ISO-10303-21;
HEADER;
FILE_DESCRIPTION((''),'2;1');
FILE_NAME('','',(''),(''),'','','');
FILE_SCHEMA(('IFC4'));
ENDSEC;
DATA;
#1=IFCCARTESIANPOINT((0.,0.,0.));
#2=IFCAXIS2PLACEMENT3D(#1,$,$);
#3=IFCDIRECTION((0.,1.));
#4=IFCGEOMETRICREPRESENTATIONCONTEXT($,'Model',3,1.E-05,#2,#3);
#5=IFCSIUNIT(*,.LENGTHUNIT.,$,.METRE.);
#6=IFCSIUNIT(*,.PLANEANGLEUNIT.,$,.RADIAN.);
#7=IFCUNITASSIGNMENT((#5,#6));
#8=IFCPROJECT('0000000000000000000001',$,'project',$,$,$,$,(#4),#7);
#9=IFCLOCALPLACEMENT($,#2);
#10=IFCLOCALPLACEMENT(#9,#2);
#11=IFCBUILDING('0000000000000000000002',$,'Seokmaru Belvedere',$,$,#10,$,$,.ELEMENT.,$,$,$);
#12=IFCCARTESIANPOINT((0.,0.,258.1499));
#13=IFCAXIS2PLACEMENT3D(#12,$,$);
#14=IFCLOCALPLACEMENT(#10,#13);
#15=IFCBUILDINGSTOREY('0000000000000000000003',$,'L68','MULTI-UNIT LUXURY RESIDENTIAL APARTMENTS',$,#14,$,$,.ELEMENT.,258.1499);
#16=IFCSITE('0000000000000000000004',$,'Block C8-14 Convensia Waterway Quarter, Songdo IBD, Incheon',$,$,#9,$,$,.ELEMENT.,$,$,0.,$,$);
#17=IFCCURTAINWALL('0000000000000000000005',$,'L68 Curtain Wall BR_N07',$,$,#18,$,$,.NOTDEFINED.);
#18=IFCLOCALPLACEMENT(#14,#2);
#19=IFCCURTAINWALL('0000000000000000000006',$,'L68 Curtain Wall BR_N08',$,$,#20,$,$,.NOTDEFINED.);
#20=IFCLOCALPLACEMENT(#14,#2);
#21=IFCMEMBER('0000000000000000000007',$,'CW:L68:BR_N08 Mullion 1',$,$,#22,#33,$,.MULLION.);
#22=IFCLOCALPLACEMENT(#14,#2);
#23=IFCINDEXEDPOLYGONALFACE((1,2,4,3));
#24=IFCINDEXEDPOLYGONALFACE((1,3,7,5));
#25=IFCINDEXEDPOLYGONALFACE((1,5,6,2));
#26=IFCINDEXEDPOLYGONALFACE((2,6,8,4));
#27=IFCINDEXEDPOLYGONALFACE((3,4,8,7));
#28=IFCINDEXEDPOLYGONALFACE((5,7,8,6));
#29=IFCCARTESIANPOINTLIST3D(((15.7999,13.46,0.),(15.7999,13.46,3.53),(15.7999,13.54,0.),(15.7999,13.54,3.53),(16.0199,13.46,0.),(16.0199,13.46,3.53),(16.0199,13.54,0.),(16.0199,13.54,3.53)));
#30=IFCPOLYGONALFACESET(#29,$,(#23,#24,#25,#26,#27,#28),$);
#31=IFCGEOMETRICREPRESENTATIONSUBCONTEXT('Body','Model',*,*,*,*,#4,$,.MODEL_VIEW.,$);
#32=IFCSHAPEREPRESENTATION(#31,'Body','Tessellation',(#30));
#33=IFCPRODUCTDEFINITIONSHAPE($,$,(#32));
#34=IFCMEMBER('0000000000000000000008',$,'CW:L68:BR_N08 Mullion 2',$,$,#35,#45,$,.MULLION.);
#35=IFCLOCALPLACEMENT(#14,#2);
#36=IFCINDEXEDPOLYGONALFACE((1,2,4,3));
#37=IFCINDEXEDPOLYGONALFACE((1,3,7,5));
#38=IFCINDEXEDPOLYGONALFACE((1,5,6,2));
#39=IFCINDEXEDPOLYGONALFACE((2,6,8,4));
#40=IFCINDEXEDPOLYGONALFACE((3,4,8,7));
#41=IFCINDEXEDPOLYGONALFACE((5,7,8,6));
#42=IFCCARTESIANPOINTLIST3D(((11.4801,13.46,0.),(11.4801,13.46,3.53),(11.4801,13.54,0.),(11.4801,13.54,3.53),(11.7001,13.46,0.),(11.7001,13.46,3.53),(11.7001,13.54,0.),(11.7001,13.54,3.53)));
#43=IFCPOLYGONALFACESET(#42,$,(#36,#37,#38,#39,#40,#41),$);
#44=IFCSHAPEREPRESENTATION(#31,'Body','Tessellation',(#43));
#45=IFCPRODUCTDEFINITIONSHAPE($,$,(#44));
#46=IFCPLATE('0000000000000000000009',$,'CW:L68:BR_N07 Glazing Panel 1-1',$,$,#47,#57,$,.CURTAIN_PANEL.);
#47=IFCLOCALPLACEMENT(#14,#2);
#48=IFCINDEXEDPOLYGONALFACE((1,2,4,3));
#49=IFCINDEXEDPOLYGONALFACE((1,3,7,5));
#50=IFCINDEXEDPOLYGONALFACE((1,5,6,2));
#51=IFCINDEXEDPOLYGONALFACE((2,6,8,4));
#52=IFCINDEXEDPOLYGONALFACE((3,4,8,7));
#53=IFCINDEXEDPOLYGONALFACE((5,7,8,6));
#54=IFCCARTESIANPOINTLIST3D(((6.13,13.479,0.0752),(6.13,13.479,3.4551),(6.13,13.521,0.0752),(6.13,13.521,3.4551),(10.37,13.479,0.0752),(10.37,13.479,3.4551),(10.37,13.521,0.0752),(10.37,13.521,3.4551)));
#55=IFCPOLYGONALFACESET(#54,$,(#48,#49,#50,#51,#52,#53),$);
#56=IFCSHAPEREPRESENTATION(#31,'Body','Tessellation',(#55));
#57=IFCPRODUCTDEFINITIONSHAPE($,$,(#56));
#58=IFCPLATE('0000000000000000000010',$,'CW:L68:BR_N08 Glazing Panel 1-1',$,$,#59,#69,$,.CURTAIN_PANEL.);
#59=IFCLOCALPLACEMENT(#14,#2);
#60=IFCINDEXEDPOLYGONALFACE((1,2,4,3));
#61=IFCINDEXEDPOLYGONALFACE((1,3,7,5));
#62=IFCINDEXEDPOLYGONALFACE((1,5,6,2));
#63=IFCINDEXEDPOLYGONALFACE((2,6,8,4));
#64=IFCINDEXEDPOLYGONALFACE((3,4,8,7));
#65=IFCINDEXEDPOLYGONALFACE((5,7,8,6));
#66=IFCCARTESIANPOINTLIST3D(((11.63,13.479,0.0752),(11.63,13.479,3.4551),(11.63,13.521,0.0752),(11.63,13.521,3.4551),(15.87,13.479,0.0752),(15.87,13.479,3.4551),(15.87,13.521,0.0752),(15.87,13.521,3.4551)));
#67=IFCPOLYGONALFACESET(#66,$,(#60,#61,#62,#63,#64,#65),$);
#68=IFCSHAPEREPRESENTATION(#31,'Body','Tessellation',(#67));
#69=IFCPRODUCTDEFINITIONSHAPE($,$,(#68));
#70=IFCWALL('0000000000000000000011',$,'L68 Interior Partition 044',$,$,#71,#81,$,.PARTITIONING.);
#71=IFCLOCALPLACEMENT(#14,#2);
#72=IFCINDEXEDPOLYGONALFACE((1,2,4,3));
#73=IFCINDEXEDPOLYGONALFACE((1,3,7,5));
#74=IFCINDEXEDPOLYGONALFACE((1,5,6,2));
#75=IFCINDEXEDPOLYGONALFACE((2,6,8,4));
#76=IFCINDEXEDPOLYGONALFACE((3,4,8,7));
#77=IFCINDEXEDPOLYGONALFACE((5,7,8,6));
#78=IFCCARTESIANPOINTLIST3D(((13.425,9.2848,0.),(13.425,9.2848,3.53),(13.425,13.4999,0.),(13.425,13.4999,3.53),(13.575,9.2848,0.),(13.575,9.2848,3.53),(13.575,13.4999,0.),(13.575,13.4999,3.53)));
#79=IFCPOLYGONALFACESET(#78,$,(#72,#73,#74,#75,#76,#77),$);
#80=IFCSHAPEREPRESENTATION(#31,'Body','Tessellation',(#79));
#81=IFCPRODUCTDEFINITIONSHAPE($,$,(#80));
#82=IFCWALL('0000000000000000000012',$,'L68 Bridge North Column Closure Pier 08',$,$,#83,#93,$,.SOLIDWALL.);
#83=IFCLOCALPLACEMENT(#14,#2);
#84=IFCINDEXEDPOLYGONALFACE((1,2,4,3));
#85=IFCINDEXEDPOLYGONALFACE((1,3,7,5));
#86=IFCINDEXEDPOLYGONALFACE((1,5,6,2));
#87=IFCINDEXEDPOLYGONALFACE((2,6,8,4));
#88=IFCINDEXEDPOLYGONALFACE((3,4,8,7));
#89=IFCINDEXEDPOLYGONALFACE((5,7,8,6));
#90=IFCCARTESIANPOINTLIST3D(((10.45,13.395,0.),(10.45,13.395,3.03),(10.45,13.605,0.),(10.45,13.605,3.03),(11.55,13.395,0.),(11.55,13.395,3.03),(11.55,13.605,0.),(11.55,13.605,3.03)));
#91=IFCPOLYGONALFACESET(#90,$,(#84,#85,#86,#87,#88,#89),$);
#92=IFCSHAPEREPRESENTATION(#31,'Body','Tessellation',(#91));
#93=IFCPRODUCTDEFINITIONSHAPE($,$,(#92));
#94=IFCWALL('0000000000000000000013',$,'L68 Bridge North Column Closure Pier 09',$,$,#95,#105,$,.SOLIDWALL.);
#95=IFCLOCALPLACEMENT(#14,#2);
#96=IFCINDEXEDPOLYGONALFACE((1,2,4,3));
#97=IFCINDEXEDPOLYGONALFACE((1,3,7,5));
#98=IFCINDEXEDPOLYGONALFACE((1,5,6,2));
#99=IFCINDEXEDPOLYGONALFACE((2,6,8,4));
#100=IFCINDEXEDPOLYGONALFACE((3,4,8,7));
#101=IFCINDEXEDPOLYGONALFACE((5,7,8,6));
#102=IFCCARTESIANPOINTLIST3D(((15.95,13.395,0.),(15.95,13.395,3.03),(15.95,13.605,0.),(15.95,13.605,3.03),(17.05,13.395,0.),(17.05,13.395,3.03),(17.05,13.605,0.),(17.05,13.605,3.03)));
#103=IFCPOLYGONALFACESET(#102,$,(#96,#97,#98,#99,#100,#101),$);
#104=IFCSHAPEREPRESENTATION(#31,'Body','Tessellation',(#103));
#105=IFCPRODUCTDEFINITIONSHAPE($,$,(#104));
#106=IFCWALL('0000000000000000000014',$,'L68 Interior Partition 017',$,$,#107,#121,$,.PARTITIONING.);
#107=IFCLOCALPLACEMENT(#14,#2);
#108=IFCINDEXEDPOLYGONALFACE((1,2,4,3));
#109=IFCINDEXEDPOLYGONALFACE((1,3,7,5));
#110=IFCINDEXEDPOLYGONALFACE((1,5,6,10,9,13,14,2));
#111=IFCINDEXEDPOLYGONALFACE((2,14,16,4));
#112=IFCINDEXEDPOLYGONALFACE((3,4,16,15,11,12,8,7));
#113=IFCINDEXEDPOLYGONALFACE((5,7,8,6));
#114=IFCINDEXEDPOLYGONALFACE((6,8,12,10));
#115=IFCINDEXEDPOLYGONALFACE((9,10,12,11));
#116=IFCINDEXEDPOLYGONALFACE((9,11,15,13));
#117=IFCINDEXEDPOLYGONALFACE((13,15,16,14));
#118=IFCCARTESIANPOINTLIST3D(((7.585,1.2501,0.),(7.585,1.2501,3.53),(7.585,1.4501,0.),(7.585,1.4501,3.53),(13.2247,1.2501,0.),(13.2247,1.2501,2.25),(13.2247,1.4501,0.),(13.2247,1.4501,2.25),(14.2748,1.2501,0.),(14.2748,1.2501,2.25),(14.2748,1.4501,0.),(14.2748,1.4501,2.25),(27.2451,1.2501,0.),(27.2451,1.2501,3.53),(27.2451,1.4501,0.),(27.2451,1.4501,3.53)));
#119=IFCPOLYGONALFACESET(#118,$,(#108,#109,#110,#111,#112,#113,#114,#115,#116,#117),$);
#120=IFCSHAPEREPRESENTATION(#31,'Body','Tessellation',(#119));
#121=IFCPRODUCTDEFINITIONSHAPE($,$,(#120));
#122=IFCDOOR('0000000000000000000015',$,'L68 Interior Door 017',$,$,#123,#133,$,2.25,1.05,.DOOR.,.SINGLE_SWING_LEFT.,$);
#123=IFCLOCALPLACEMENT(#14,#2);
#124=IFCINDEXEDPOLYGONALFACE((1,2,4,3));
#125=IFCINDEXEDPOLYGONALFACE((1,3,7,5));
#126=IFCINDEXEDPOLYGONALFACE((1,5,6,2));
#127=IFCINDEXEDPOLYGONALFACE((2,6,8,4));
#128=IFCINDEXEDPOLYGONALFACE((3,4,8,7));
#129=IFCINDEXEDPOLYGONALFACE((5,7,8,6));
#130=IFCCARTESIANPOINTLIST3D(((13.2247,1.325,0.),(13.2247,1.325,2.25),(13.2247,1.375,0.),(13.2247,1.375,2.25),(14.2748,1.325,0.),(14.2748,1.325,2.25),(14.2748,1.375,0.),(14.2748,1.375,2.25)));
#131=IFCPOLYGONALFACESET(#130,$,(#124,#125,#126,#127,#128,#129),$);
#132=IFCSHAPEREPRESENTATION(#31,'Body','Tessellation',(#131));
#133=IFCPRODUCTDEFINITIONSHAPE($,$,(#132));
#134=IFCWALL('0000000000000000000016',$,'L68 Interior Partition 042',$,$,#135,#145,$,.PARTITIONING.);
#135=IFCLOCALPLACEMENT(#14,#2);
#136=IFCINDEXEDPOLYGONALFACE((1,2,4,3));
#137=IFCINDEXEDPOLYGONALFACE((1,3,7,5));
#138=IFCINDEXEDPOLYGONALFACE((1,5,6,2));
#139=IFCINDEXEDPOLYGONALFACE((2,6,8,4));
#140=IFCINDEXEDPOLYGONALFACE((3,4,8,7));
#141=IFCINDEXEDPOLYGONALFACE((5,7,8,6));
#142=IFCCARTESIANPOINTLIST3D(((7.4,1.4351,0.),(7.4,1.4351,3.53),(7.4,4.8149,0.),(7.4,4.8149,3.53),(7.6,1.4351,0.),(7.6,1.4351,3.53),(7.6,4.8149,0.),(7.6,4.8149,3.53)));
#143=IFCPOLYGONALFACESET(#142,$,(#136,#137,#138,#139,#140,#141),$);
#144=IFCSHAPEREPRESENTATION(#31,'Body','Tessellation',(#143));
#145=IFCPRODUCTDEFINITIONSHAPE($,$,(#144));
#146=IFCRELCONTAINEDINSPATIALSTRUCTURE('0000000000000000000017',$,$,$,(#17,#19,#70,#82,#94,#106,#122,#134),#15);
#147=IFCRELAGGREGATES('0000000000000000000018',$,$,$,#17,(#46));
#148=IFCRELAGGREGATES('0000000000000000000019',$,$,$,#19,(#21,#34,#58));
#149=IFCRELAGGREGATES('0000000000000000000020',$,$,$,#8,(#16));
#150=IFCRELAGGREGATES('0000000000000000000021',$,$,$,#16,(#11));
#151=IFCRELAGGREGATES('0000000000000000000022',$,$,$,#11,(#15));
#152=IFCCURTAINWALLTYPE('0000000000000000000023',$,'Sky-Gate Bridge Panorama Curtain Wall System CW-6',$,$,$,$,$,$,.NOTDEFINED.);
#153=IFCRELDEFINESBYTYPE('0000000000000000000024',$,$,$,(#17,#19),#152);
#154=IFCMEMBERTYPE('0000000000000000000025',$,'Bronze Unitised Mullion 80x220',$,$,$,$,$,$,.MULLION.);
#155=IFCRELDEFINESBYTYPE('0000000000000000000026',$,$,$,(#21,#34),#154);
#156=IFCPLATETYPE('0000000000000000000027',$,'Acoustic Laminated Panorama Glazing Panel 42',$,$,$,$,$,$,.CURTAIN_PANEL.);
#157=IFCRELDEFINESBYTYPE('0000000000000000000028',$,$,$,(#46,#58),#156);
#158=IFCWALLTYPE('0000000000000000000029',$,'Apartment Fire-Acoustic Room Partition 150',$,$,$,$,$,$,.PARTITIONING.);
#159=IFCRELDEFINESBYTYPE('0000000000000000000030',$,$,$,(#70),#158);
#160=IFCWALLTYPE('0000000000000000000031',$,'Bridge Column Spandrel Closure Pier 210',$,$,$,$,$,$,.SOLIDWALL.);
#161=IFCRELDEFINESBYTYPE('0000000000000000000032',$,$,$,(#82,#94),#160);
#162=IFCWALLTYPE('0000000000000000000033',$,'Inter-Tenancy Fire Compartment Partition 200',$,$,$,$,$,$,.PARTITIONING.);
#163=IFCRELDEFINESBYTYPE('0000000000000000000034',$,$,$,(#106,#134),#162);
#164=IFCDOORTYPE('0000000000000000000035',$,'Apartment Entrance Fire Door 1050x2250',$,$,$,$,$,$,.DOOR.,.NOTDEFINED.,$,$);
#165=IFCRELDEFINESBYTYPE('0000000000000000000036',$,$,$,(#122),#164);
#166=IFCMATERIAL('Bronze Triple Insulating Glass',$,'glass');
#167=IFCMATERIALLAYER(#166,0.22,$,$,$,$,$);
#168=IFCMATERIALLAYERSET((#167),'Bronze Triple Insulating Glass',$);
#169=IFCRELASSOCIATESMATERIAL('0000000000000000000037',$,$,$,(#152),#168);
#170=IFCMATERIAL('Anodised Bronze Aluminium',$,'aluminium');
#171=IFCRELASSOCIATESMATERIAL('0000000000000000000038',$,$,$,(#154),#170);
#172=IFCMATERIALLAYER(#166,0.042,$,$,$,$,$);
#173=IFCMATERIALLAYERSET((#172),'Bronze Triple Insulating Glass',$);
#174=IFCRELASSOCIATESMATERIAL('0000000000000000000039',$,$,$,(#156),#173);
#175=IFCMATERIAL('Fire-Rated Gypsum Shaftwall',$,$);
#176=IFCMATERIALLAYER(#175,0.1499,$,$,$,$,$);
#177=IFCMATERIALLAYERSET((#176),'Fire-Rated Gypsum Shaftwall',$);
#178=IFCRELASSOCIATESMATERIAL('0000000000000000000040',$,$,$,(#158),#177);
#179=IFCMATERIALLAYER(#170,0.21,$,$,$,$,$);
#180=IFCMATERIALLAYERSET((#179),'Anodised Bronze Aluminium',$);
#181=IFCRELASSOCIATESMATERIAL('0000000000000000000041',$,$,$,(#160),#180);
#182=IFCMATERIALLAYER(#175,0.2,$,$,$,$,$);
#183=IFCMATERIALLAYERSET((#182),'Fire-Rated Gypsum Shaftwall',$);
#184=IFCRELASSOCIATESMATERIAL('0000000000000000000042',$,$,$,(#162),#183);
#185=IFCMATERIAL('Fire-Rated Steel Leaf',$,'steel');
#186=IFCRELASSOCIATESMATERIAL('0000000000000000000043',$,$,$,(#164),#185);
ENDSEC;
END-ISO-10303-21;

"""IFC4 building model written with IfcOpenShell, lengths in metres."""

from ifc_helpers import new_model, si_unit, direction, frame, frame_2d, origin, origin_2d, place, context, subcontext, project, spatial, rectangle, extrude, source, transform, mapped, material, layer, layer_set, material_profile, profile_set, type_object, type_shapes, element, fill, aggregate, save


model = new_model("IFC4")

# Units and contexts
model_context = context("Model", 3, precision=1e-05, world=origin(), true_north=direction((0.0, 1.0)))
body_context = subcontext(model_context, "Body", "Model", "MODEL_VIEW")
ifc_project = project(units=[si_unit("LENGTHUNIT", "METRE"), si_unit("PLANEANGLEUNIT", "RADIAN")], contexts=[model_context])

# Site, building, storey
site_placement = place(None, origin())
site = spatial("IfcSite", under=ifc_project, at=site_placement, Name="Block C8-14 Convensia Waterway Quarter, Songdo IBD, Incheon", CompositionType="ELEMENT", RefElevation=0.0)
building_placement = place(site_placement, origin())
building = spatial("IfcBuilding", under=site, at=building_placement, Name="Seokmaru Belvedere", CompositionType="ELEMENT")
storey_placement = place(building_placement, frame((0.0, 0.0, 258.1499)))
storey = spatial("IfcBuildingStorey", under=building, at=storey_placement, Name="L68", Description="MULTI-UNIT LUXURY RESIDENTIAL APARTMENTS", CompositionType="ELEMENT", Elevation=258.1499)

# Curtain walls
ifc_material_1 = material(Name="Bronze Triple Insulating Glass", Category="glass")
ifc_layer_1 = layer(ifc_material_1, 0.22)
ifc_layer_set_1 = layer_set([ifc_layer_1], Name="Bronze Triple Insulating Glass")
curtain_wall_type = type_object("IfcCurtainWallType", Name="Sky-Gate Bridge Panorama Curtain Wall System CW-6", PredefinedType="NOTDEFINED", material=ifc_layer_set_1)
curtain_wall_1_placement = place(storey_placement, origin())
curtain_wall_1 = element("IfcCurtainWall", 1, at=curtain_wall_1_placement, inside=storey, type_object=curtain_wall_type, Name="L68 Curtain Wall BR_N07", PredefinedType="NOTDEFINED")
ifc_material_2 = material(Name="Anodised Bronze Aluminium", Category="aluminium")
curtain_wall_2_placement = place(storey_placement, origin())
curtain_wall_2 = element("IfcCurtainWall", 2, at=curtain_wall_2_placement, inside=storey, type_object=curtain_wall_type, Name="L68 Curtain Wall BR_N08", PredefinedType="NOTDEFINED")

# Members
ifc_material_profile_1 = material_profile(ifc_material_2, rectangle(XDim=0.0801, YDim=0.22, at=origin_2d()), Name="CW-M-80x220")
ifc_profile_set_1 = profile_set([ifc_material_profile_1], Name="Anodised Bronze Aluminium")
member_type_1 = type_object("IfcMemberType", Name="Bronze Unitised Mullion 80x220", PredefinedType="MULLION", material=ifc_profile_set_1)
shared_shape_1 = source(origin(), body_context, "Body", "SweptSolid", [
    extrude(rectangle(XDim=0.0801, YDim=0.22, at=origin_2d()), origin(), (0.0, 0.0, 1.0), 3.53),
])
type_shapes(member_type_1, [shared_shape_1])
member_1_placement = place(storey_placement, frame((15.9099, 13.5, 0.0), z_axis=(0.0, 0.0, 1.0), x_axis=(0.0, -1.0, 0.0)))
member_1 = element("IfcMember", 3, at=member_1_placement, type_object=member_type_1, Name="CW:L68:BR_N08 Mullion 1", PredefinedType="MULLION", context=body_context, shape_type="MappedRepresentation", body=[
    mapped(shared_shape_1, transform((0.0, 0.0, 0.0), scale=1.0)),
])
member_2_placement = place(storey_placement, frame((11.5901, 13.5, 0.0), z_axis=(0.0, 0.0, 1.0), x_axis=(0.0, -1.0, 0.0)))
member_2 = element("IfcMember", 4, at=member_2_placement, type_object=member_type_1, Name="CW:L68:BR_N08 Mullion 2", PredefinedType="MULLION", context=body_context, shape_type="MappedRepresentation", body=[
    mapped(shared_shape_1, transform((0.0, 0.0, 0.0), scale=1.0)),
])

# Plates
ifc_layer_2 = layer(ifc_material_1, 0.042)
ifc_layer_set_2 = layer_set([ifc_layer_2], Name="Bronze Triple Insulating Glass")
plate_type = type_object("IfcPlateType", Name="Acoustic Laminated Panorama Glazing Panel 42", PredefinedType="CURTAIN_PANEL", material=ifc_layer_set_2)
shared_shape_2 = source(origin(), body_context, "Body", "SweptSolid", [
    extrude(rectangle(XDim=4.24, YDim=0.042, at=origin_2d()), origin(), (0.0, 0.0, 1.0), 3.3799),
])
type_shapes(plate_type, [shared_shape_2])
plate_1_placement = place(storey_placement, frame((8.25, 13.5, 0.0752), z_axis=(0.0, 0.0, 1.0), x_axis=(-1.0, 0.0, 0.0)))
plate_1 = element("IfcPlate", 5, at=plate_1_placement, type_object=plate_type, Name="CW:L68:BR_N07 Glazing Panel 1-1", PredefinedType="CURTAIN_PANEL", context=body_context, shape_type="MappedRepresentation", body=[
    mapped(shared_shape_2, transform((0.0, 0.0, 0.0), scale=1.0)),
])
aggregate(curtain_wall_1, [plate_1])
plate_2_placement = place(storey_placement, frame((13.75, 13.5, 0.0752), z_axis=(0.0, 0.0, 1.0), x_axis=(-1.0, 0.0, 0.0)))
plate_2 = element("IfcPlate", 6, at=plate_2_placement, type_object=plate_type, Name="CW:L68:BR_N08 Glazing Panel 1-1", PredefinedType="CURTAIN_PANEL", context=body_context, shape_type="MappedRepresentation", body=[
    mapped(shared_shape_2, transform((0.0, 0.0, 0.0), scale=1.0)),
])
aggregate(curtain_wall_2, [member_1, member_2, plate_2])

# Walls
ifc_material_3 = material(Name="Fire-Rated Gypsum Shaftwall")
ifc_layer_3 = layer(ifc_material_3, 0.1499)
ifc_layer_set_3 = layer_set([ifc_layer_3], Name="Fire-Rated Gypsum Shaftwall")
wall_type_1 = type_object("IfcWallType", Name="Apartment Fire-Acoustic Room Partition 150", PredefinedType="PARTITIONING", material=ifc_layer_set_3)
wall_1_placement = place(storey_placement, frame((13.5, 9.2849, 0.0), z_axis=(0.0, 0.0, 1.0), x_axis=(0.0, 1.0, 0.0)))
element("IfcWall", 7, at=wall_1_placement, inside=storey, type_object=wall_type_1, Name="L68 Interior Partition 044", PredefinedType="PARTITIONING", context=body_context, shape_type="SweptSolid", body=[
    extrude(rectangle(XDim=4.2151, YDim=0.1499, at=frame_2d((2.1074, 0.0))), origin(), (0.0, 0.0, 1.0), 3.53),
])
ifc_layer_4 = layer(ifc_material_2, 0.21)
ifc_layer_set_4 = layer_set([ifc_layer_4], Name="Anodised Bronze Aluminium")
wall_type_2 = type_object("IfcWallType", Name="Bridge Column Spandrel Closure Pier 210", PredefinedType="SOLIDWALL", material=ifc_layer_set_4)
for number, where, z_axis, x_axis, name in (
    (8, (10.45, 13.5, 0.0), (0.0, 0.0, 1.0), (1.0, 0.0, 0.0), "L68 Bridge North Column Closure Pier 08"),
    (9, (15.95, 13.5, 0.0), (0.0, 0.0, 1.0), (1.0, 0.0, 0.0), "L68 Bridge North Column Closure Pier 09"),
):
    element("IfcWall", number, at=place(storey_placement, frame(where, z_axis=z_axis, x_axis=x_axis)), inside=storey, type_object=wall_type_2, Name=name, PredefinedType="SOLIDWALL", context=body_context, shape_type="SweptSolid", body=[
        extrude(rectangle(XDim=1.1001, YDim=0.21, at=frame_2d((0.55, 0.0))), origin(), (0.0, 0.0, 1.0), 3.03),
    ])

# Wall, opening, door
ifc_layer_5 = layer(ifc_material_3, 0.2)
ifc_layer_set_5 = layer_set([ifc_layer_5], Name="Fire-Rated Gypsum Shaftwall")
wall_type_3 = type_object("IfcWallType", Name="Inter-Tenancy Fire Compartment Partition 200", PredefinedType="PARTITIONING", material=ifc_layer_set_5)
wall_2_placement = place(storey_placement, frame((7.585, 1.3501, 0.0), z_axis=(0.0, 0.0, 1.0), x_axis=(1.0, 0.0, 0.0)))
wall_2 = element("IfcWall", 10, at=wall_2_placement, inside=storey, type_object=wall_type_3, Name="L68 Interior Partition 017", PredefinedType="PARTITIONING", context=body_context, shape_type="SweptSolid", body=[
    extrude(rectangle(XDim=19.6602, YDim=0.2, at=frame_2d((9.8301, 0.0))), origin(), (0.0, 0.0, 1.0), 3.53),
])
opening_placement = place(wall_2_placement, frame((5.6399, 0.0, 0.0)))
opening = element("IfcOpeningElement", 11, at=opening_placement, cuts=wall_2, PredefinedType="OPENING", context=body_context, shape_type="SweptSolid", body=[
    extrude(rectangle(XDim=1.05, YDim=2.25, at=frame_2d((0.5249, 1.125))), frame((0.0, 0.1099, 0.0), z_axis=(0.0, -1.0, 0.0), x_axis=(1.0, 0.0, 0.0)), (0.0, 0.0, 1.0), 0.22),
])
ifc_material_4 = material(Name="Fire-Rated Steel Leaf", Category="steel")
door_type = type_object("IfcDoorType", Name="Apartment Entrance Fire Door 1050x2250", OperationType="NOTDEFINED", PredefinedType="DOOR", material=ifc_material_4)
shared_shape_3 = source(origin(), body_context, "Body", "SweptSolid", [
    extrude(rectangle(XDim=1.05, YDim=2.25, at=frame_2d((0.5249, 1.125))), frame((0.0, 0.0249, 0.0), z_axis=(0.0, -1.0, 0.0), x_axis=(1.0, 0.0, 0.0)), (0.0, 0.0, 1.0), 0.05),
])
type_shapes(door_type, [shared_shape_3])
door_placement = place(opening_placement, origin())
door = element("IfcDoor", 12, at=door_placement, inside=storey, type_object=door_type, Name="L68 Interior Door 017", OperationType="SINGLE_SWING_LEFT", OverallHeight=2.25, OverallWidth=1.05, PredefinedType="DOOR", context=body_context, shape_type="MappedRepresentation", body=[
    mapped(shared_shape_3, transform((0.0, 0.0, 0.0), scale=1.0)),
])
fill(opening, door)

# Wall
wall_3_placement = place(storey_placement, frame((7.5, 1.4351, 0.0), z_axis=(0.0, 0.0, 1.0), x_axis=(0.0, 1.0, 0.0)))
element("IfcWall", 13, at=wall_3_placement, inside=storey, type_object=wall_type_3, Name="L68 Interior Partition 042", PredefinedType="PARTITIONING", context=body_context, shape_type="SweptSolid", body=[
    extrude(rectangle(XDim=3.3799, YDim=0.2, at=frame_2d((1.6899, 0.0))), origin(), (0.0, 0.0, 1.0), 3.53),
])

save(model, "model.ifc")
